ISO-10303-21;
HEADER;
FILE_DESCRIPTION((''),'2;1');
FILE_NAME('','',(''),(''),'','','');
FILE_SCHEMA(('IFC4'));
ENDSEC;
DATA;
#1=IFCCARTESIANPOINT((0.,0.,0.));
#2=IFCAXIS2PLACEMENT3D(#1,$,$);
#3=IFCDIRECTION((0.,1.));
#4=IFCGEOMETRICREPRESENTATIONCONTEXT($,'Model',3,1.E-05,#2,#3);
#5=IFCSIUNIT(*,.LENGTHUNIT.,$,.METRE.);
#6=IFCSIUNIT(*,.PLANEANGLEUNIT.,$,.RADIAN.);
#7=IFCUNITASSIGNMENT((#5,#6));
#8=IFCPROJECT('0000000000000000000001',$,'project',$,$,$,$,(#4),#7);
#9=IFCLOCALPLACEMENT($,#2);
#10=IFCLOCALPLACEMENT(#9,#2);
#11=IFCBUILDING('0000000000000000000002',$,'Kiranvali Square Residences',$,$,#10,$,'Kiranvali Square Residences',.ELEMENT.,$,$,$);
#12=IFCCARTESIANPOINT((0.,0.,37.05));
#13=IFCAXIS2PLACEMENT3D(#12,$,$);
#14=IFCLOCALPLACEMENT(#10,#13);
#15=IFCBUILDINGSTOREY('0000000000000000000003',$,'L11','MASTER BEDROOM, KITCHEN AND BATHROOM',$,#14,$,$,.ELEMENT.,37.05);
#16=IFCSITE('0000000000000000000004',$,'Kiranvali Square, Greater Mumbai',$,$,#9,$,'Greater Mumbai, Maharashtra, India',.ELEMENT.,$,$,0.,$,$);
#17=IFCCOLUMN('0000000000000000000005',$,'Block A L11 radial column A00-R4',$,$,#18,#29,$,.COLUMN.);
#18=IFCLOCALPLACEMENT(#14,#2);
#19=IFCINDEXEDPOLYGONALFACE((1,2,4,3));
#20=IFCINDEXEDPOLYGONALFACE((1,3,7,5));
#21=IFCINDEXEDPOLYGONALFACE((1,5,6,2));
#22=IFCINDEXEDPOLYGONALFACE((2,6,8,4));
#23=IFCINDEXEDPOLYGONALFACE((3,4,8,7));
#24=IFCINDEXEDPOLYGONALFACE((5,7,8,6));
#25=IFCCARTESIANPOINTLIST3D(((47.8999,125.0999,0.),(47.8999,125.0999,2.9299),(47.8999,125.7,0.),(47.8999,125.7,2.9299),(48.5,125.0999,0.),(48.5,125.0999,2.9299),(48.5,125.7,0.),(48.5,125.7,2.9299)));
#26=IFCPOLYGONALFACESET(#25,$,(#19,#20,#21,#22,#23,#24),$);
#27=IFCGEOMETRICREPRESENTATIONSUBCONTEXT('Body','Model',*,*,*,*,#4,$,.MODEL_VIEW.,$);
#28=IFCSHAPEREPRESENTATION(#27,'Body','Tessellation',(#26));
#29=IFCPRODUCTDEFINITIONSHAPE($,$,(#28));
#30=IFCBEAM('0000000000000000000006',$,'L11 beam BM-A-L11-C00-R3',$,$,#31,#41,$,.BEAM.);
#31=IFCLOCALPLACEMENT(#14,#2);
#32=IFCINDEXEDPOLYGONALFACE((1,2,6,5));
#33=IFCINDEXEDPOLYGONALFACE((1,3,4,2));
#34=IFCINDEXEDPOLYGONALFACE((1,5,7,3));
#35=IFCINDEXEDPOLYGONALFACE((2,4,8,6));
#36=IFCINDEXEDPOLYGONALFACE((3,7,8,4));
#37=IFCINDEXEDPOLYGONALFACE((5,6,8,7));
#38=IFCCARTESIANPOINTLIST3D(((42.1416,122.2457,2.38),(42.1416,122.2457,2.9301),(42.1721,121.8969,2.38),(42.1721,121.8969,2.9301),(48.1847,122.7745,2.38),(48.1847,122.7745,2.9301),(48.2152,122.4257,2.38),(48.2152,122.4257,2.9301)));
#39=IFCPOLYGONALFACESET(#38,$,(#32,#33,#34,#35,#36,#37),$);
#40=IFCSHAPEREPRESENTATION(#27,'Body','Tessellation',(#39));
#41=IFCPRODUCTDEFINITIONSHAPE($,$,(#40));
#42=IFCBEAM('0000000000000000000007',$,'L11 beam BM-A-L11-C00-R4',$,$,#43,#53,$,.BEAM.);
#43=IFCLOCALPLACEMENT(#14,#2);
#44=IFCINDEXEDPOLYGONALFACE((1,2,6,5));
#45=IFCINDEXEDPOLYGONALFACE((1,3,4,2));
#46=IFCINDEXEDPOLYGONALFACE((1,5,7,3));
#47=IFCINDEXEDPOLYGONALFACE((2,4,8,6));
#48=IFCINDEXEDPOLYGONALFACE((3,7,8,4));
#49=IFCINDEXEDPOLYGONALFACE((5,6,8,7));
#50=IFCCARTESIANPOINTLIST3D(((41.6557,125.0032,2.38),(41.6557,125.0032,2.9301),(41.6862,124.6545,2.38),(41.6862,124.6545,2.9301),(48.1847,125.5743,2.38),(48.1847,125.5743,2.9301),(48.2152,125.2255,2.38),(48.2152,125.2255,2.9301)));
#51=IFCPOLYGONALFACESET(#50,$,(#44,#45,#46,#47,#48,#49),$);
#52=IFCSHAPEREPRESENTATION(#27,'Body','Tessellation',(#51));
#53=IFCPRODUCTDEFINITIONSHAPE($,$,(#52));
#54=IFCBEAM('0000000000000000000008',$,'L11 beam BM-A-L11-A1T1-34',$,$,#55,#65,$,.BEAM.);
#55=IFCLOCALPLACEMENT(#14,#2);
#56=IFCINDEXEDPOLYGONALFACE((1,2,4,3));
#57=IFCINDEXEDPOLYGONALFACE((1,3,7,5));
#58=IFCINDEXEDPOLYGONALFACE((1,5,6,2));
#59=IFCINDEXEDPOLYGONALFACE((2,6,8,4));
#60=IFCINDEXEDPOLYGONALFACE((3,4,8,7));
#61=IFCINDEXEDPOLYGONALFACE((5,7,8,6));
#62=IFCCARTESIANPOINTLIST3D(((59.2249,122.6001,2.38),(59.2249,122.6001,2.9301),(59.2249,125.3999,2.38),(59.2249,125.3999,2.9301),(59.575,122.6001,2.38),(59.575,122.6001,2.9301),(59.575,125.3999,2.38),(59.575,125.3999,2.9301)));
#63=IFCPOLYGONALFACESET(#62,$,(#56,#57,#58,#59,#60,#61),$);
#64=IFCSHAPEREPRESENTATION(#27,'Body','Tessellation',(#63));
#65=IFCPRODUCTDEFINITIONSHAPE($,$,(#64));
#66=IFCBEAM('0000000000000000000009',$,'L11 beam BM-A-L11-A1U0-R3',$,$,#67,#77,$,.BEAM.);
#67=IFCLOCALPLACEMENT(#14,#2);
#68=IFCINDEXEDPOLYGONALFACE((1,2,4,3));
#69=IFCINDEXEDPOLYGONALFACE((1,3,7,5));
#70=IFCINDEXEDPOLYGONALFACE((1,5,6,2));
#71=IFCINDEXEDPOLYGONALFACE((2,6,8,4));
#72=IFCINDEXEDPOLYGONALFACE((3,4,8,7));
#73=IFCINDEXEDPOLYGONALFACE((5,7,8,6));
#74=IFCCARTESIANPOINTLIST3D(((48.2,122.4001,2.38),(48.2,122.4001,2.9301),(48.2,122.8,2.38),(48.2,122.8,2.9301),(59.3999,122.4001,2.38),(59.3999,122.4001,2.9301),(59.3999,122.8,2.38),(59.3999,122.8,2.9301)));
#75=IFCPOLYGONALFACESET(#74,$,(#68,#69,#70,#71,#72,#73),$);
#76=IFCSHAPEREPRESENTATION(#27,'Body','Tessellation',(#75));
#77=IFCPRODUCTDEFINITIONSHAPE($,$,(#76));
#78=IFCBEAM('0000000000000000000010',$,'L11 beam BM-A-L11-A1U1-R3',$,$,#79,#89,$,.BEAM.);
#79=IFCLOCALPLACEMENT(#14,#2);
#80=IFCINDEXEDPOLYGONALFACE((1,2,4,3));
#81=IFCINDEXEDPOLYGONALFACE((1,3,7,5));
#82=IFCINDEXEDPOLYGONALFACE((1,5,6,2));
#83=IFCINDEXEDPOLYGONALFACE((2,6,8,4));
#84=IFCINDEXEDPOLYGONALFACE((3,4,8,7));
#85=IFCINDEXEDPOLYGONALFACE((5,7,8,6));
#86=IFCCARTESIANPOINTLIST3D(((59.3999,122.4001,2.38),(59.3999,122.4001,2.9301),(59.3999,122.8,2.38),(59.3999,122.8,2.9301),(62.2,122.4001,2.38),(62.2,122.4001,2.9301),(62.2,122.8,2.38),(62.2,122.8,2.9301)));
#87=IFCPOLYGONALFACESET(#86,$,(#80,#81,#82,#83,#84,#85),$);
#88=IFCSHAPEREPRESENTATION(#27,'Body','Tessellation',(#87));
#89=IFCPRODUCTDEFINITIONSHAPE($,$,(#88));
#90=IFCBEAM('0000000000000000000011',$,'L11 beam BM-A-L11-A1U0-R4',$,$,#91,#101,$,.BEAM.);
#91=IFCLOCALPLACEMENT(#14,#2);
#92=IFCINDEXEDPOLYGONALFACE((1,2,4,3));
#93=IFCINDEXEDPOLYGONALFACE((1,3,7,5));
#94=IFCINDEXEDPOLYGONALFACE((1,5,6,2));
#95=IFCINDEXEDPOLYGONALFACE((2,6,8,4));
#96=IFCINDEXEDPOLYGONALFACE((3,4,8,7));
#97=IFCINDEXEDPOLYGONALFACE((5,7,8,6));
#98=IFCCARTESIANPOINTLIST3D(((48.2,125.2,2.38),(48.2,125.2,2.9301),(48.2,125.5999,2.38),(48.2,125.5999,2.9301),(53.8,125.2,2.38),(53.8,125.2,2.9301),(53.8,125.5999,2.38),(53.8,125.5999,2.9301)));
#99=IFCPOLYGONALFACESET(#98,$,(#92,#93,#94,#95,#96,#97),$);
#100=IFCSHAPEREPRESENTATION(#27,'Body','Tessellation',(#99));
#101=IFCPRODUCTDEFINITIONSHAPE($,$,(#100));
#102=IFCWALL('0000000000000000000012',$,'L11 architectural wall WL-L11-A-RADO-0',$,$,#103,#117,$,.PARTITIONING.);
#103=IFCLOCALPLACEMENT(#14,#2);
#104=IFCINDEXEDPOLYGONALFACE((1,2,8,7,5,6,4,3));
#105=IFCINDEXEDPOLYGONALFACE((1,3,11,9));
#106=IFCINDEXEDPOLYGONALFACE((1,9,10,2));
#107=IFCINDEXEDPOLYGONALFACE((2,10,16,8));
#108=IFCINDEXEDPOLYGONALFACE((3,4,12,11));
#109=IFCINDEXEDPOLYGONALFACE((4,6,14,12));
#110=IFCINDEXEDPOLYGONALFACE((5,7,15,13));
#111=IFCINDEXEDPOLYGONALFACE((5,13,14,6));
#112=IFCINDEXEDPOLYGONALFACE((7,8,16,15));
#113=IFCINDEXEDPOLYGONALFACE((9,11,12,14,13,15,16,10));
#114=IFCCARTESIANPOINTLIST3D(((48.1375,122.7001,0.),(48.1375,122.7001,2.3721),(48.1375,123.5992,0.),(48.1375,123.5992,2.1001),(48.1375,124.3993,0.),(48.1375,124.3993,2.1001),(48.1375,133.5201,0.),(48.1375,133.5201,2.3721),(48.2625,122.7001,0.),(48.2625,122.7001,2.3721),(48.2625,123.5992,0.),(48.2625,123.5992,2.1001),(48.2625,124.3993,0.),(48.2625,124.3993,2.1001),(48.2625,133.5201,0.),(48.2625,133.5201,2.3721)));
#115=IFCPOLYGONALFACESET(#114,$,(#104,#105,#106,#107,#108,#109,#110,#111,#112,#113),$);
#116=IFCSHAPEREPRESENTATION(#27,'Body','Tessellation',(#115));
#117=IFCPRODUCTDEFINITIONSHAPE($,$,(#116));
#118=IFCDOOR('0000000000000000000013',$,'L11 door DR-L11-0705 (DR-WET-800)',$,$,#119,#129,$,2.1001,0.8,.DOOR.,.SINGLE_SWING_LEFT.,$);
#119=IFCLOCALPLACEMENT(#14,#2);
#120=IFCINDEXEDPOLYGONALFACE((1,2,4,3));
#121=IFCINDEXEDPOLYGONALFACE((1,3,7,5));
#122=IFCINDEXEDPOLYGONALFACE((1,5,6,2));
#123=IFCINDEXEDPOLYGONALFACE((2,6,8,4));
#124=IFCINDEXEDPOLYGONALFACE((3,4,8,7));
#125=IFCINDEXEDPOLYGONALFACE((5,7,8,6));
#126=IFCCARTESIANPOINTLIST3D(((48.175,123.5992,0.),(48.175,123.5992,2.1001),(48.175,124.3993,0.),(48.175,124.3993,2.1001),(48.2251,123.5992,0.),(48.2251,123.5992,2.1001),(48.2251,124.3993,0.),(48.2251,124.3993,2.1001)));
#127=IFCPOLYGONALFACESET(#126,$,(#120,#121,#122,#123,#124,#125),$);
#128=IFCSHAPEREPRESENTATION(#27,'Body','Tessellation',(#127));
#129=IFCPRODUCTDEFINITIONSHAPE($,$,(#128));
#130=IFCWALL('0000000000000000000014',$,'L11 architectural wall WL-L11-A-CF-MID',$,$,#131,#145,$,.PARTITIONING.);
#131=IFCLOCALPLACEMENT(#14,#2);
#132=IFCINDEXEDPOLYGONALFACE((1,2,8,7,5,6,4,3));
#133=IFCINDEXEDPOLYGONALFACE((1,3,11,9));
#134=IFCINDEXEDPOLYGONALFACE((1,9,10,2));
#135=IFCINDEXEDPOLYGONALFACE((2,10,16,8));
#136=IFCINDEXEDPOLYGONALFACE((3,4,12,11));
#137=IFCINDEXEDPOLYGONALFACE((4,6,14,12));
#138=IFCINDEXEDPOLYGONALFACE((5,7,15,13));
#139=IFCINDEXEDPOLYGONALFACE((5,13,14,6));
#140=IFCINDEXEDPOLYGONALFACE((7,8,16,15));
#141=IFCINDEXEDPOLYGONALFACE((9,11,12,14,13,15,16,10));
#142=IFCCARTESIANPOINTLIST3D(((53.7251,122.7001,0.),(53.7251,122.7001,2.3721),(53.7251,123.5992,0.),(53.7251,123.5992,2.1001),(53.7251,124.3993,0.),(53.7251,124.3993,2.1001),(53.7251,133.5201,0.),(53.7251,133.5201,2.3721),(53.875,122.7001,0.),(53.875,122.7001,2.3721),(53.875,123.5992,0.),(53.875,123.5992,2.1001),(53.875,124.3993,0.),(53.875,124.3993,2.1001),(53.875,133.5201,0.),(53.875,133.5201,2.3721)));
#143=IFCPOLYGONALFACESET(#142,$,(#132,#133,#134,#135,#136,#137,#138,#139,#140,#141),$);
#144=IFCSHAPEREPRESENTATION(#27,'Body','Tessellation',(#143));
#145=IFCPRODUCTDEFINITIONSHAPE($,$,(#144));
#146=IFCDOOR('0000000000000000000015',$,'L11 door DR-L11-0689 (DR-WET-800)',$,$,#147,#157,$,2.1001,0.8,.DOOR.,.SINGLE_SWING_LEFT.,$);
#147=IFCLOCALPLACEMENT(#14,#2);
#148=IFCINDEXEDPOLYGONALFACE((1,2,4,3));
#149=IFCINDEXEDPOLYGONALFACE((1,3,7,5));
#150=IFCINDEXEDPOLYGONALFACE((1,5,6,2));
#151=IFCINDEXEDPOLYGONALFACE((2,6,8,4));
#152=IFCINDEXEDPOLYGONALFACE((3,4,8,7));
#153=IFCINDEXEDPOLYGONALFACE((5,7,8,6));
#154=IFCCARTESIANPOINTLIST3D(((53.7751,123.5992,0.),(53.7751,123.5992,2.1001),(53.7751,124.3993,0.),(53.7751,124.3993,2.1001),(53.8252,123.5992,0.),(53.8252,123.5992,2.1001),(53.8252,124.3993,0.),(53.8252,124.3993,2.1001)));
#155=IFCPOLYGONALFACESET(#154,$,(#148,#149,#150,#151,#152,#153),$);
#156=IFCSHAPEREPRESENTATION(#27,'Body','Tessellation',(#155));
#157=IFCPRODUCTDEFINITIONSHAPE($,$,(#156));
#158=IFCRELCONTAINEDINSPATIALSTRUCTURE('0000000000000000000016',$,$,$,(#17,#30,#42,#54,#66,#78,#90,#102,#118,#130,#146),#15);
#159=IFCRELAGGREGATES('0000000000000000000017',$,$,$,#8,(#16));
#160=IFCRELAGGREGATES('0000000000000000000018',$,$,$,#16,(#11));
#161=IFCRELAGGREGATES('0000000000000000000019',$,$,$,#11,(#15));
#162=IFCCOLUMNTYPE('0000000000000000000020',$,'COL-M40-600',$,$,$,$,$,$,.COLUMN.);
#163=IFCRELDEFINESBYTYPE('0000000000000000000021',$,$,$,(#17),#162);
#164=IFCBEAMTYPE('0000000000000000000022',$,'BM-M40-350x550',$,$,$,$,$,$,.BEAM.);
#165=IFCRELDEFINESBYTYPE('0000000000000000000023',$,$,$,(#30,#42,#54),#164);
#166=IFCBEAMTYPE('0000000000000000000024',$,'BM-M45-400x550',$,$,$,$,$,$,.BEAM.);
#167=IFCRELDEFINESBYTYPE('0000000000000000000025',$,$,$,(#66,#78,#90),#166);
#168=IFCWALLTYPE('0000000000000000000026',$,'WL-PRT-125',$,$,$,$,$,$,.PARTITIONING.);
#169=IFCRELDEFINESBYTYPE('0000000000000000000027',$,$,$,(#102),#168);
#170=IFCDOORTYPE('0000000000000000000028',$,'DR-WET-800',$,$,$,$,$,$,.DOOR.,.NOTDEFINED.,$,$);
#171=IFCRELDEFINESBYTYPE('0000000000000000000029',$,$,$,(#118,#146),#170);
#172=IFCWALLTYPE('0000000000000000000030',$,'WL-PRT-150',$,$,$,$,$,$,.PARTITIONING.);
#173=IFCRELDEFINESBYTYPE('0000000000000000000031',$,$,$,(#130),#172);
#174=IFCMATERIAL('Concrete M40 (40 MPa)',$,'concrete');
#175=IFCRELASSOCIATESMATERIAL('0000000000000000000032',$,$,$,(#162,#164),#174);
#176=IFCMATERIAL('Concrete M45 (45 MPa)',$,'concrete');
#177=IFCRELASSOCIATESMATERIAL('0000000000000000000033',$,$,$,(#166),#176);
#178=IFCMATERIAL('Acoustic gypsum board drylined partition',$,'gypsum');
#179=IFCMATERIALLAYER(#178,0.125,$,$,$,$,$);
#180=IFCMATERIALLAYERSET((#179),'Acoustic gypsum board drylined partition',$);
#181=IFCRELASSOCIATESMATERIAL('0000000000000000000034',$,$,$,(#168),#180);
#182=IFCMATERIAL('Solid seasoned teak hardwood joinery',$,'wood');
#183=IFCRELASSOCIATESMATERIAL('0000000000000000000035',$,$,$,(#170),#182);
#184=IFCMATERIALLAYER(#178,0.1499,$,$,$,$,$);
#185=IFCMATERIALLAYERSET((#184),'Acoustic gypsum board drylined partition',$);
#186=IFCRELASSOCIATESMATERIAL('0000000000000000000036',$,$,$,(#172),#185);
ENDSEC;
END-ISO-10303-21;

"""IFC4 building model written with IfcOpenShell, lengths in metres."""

from ifc_helpers import new_model, si_unit, direction, frame, frame_2d, origin, origin_2d, place, context, subcontext, project, spatial, rectangle, extrude, material, layer, layer_set, material_profile, profile_set, type_object, element, fill, save


model = new_model("IFC4")

# Units and contexts
model_context = context("Model", 3, precision=1e-05, world=origin(), true_north=direction((0.0, 1.0)))
body_context = subcontext(model_context, "Body", "Model", "MODEL_VIEW")
ifc_project = project(units=[si_unit("LENGTHUNIT", "METRE"), si_unit("PLANEANGLEUNIT", "RADIAN")], contexts=[model_context])

# Site, building, storey
site_placement = place(None, origin())
site = spatial("IfcSite", under=ifc_project, at=site_placement, Name="Kiranvali Square, Greater Mumbai", LongName="Greater Mumbai, Maharashtra, India", CompositionType="ELEMENT", RefElevation=0.0)
building_placement = place(site_placement, origin())
building = spatial("IfcBuilding", under=site, at=building_placement, Name="Kiranvali Square Residences", LongName="Kiranvali Square Residences", CompositionType="ELEMENT")
storey_placement = place(building_placement, frame((0.0, 0.0, 37.05)))
storey = spatial("IfcBuildingStorey", under=building, at=storey_placement, Name="L11", Description="MASTER BEDROOM, KITCHEN AND BATHROOM", CompositionType="ELEMENT", Elevation=37.05)

# Column
ifc_material_1 = material(Name="Concrete M40 (40 MPa)", Category="concrete")
ifc_material_profile_1 = material_profile(ifc_material_1, rectangle(XDim=0.6001, YDim=0.6001, at=origin_2d()), Name="RC 600x600")
ifc_profile_set_1 = profile_set([ifc_material_profile_1], Name="Concrete M40 (40 MPa)")
column_type = type_object("IfcColumnType", Name="COL-M40-600", PredefinedType="COLUMN", material=ifc_profile_set_1)
column_placement = place(storey_placement, frame((48.2, 125.3999, 0.0), z_axis=(0.0, 0.0, 1.0), x_axis=(1.0, 0.0, 0.0)))
element("IfcColumn", 1, at=column_placement, inside=storey, type_object=column_type, Name="Block A L11 radial column A00-R4", PredefinedType="COLUMN", context=body_context, shape_type="SweptSolid", body=[
    extrude(rectangle(XDim=0.6001, YDim=0.6001, at=origin_2d()), origin(), (0.0, 0.0, 1.0), 2.9299),
])

# Beams
ifc_material_profile_2 = material_profile(ifc_material_1, rectangle(XDim=0.3501, YDim=0.55, at=origin_2d()), Name="RC 350x550")
ifc_profile_set_2 = profile_set([ifc_material_profile_2], Name="Concrete M40 (40 MPa)")
beam_type_1 = type_object("IfcBeamType", Name="BM-M40-350x550", PredefinedType="BEAM", material=ifc_profile_set_2)
beam_1_placement = place(storey_placement, frame((48.2, 122.6001, 2.655), z_axis=(-0.996193, -0.087175, 0.0), x_axis=(0.087175, -0.996193, 0.0)))
element("IfcBeam", 2, at=beam_1_placement, inside=storey, type_object=beam_type_1, Name="L11 beam BM-A-L11-C00-R3", PredefinedType="BEAM", context=body_context, shape_type="SweptSolid", body=[
    extrude(rectangle(XDim=0.3501, YDim=0.55, at=origin_2d()), origin(), (0.0, 0.0, 1.0), 6.0662),
])
beam_2_placement = place(storey_placement, frame((48.2, 125.3999, 2.655), z_axis=(-0.996197, -0.08713, 0.0), x_axis=(0.08713, -0.996197, 0.0)))
element("IfcBeam", 3, at=beam_2_placement, inside=storey, type_object=beam_type_1, Name="L11 beam BM-A-L11-C00-R4", PredefinedType="BEAM", context=body_context, shape_type="SweptSolid", body=[
    extrude(rectangle(XDim=0.3501, YDim=0.55, at=origin_2d()), origin(), (0.0, 0.0, 1.0), 6.554),
])
beam_3_placement = place(storey_placement, frame((59.3999, 122.6001, 2.655), z_axis=(0.0, 1.0, 0.0), x_axis=(-1.0, 0.0, 0.0)))
element("IfcBeam", 4, at=beam_3_placement, inside=storey, type_object=beam_type_1, Name="L11 beam BM-A-L11-A1T1-34", PredefinedType="BEAM", context=body_context, shape_type="SweptSolid", body=[
    extrude(rectangle(XDim=0.3501, YDim=0.55, at=origin_2d()), origin(), (0.0, 0.0, 1.0), 2.7998),
])
ifc_material_2 = material(Name="Concrete M45 (45 MPa)", Category="concrete")
ifc_material_profile_3 = material_profile(ifc_material_2, rectangle(XDim=0.3999, YDim=0.55, at=origin_2d()), Name="RC 400x550")
ifc_profile_set_3 = profile_set([ifc_material_profile_3], Name="Concrete M45 (45 MPa)")
beam_type_2 = type_object("IfcBeamType", Name="BM-M45-400x550", PredefinedType="BEAM", material=ifc_profile_set_3)
beam_4_placement = place(storey_placement, frame((48.2, 122.6001, 2.655), z_axis=(1.0, 0.0, 0.0), x_axis=(0.0, 1.0, 0.0)))
element("IfcBeam", 5, at=beam_4_placement, inside=storey, type_object=beam_type_2, Name="L11 beam BM-A-L11-A1U0-R3", PredefinedType="BEAM", context=body_context, shape_type="SweptSolid", body=[
    extrude(rectangle(XDim=0.3999, YDim=0.55, at=origin_2d()), origin(), (0.0, 0.0, 1.0), 11.2),
])
beam_5_placement = place(storey_placement, frame((59.3999, 122.6001, 2.655), z_axis=(1.0, 0.0, 0.0), x_axis=(0.0, 1.0, 0.0)))
element("IfcBeam", 6, at=beam_5_placement, inside=storey, type_object=beam_type_2, Name="L11 beam BM-A-L11-A1U1-R3", PredefinedType="BEAM", context=body_context, shape_type="SweptSolid", body=[
    extrude(rectangle(XDim=0.3999, YDim=0.55, at=origin_2d()), origin(), (0.0, 0.0, 1.0), 2.8),
])
beam_6_placement = place(storey_placement, frame((48.2, 125.3999, 2.655), z_axis=(1.0, 0.0, 0.0), x_axis=(0.0, 1.0, 0.0)))
element("IfcBeam", 7, at=beam_6_placement, inside=storey, type_object=beam_type_2, Name="L11 beam BM-A-L11-A1U0-R4", PredefinedType="BEAM", context=body_context, shape_type="SweptSolid", body=[
    extrude(rectangle(XDim=0.3999, YDim=0.55, at=origin_2d()), origin(), (0.0, 0.0, 1.0), 5.6001),
])

# Walls, openings, doors
ifc_material_3 = material(Name="Acoustic gypsum board drylined partition", Category="gypsum")
ifc_layer_1 = layer(ifc_material_3, 0.125)
ifc_layer_set_1 = layer_set([ifc_layer_1], Name="Acoustic gypsum board drylined partition")
wall_type_1 = type_object("IfcWallType", Name="WL-PRT-125", PredefinedType="PARTITIONING", material=ifc_layer_set_1)
wall_1_placement = place(storey_placement, frame((48.2, 122.7, 0.0), z_axis=(0.0, 0.0, 1.0), x_axis=(0.0, 1.0, 0.0)))
wall_1 = element("IfcWall", 8, at=wall_1_placement, inside=storey, type_object=wall_type_1, Name="L11 architectural wall WL-L11-A-RADO-0", PredefinedType="PARTITIONING", context=body_context, shape_type="SweptSolid", body=[
    extrude(rectangle(XDim=10.8201, YDim=0.125, at=frame_2d((5.4102, 0.0))), origin(), (0.0, 0.0, 1.0), 2.3721),
])
opening_1_placement = place(wall_1_placement, frame((0.8994, 0.0, 0.0)))
opening_1 = element("IfcOpeningElement", 9, at=opening_1_placement, cuts=wall_1, PredefinedType="OPENING", context=body_context, shape_type="SweptSolid", body=[
    extrude(rectangle(XDim=0.8, YDim=2.1001, at=frame_2d((0.3999, 1.05))), frame((0.0, 0.0725, 0.0), z_axis=(0.0, -1.0, 0.0), x_axis=(1.0, 0.0, 0.0)), (0.0, 0.0, 1.0), 0.145),
])
ifc_material_4 = material(Name="Solid seasoned teak hardwood joinery", Category="wood")
door_type_1 = type_object("IfcDoorType", Name="DR-WET-800", OperationType="NOTDEFINED", PredefinedType="DOOR", material=ifc_material_4)
door_1_placement = place(opening_1_placement, origin())
door_1 = element("IfcDoor", 10, at=door_1_placement, inside=storey, type_object=door_type_1, Name="L11 door DR-L11-0705 (DR-WET-800)", OperationType="SINGLE_SWING_LEFT", OverallHeight=2.1001, OverallWidth=0.8, PredefinedType="DOOR", context=body_context, shape_type="SweptSolid", body=[
    extrude(rectangle(XDim=0.8, YDim=2.1001, at=frame_2d((0.3999, 1.05))), frame((0.0, 0.0249, 0.0), z_axis=(0.0, -1.0, 0.0), x_axis=(1.0, 0.0, 0.0)), (0.0, 0.0, 1.0), 0.05),
])
fill(opening_1, door_1)
ifc_layer_2 = layer(ifc_material_3, 0.1499)
ifc_layer_set_2 = layer_set([ifc_layer_2], Name="Acoustic gypsum board drylined partition")
wall_type_2 = type_object("IfcWallType", Name="WL-PRT-150", PredefinedType="PARTITIONING", material=ifc_layer_set_2)
wall_2_placement = place(storey_placement, frame((53.8, 122.7, 0.0), z_axis=(0.0, 0.0, 1.0), x_axis=(0.0, 1.0, 0.0)))
wall_2 = element("IfcWall", 11, at=wall_2_placement, inside=storey, type_object=wall_type_2, Name="L11 architectural wall WL-L11-A-CF-MID", PredefinedType="PARTITIONING", context=body_context, shape_type="SweptSolid", body=[
    extrude(rectangle(XDim=10.8201, YDim=0.1499, at=frame_2d((5.4102, 0.0))), origin(), (0.0, 0.0, 1.0), 2.3721),
])
opening_2_placement = place(wall_2_placement, frame((0.8994, 0.0, 0.0)))
opening_2 = element("IfcOpeningElement", 12, at=opening_2_placement, cuts=wall_2, PredefinedType="OPENING", context=body_context, shape_type="SweptSolid", body=[
    extrude(rectangle(XDim=0.8, YDim=2.1001, at=frame_2d((0.3999, 1.05))), frame((0.0, 0.085, 0.0), z_axis=(0.0, -1.0, 0.0), x_axis=(1.0, 0.0, 0.0)), (0.0, 0.0, 1.0), 0.1699),
])
door_2_placement = place(opening_2_placement, origin())
door_2 = element("IfcDoor", 13, at=door_2_placement, inside=storey, type_object=door_type_1, Name="L11 door DR-L11-0689 (DR-WET-800)", OperationType="SINGLE_SWING_LEFT", OverallHeight=2.1001, OverallWidth=0.8, PredefinedType="DOOR", context=body_context, shape_type="SweptSolid", body=[
    extrude(rectangle(XDim=0.8, YDim=2.1001, at=frame_2d((0.3999, 1.05))), frame((0.0, 0.0249, 0.0), z_axis=(0.0, -1.0, 0.0), x_axis=(1.0, 0.0, 0.0)), (0.0, 0.0, 1.0), 0.05),
])
fill(opening_2, door_2)

save(model, "model.ifc")
